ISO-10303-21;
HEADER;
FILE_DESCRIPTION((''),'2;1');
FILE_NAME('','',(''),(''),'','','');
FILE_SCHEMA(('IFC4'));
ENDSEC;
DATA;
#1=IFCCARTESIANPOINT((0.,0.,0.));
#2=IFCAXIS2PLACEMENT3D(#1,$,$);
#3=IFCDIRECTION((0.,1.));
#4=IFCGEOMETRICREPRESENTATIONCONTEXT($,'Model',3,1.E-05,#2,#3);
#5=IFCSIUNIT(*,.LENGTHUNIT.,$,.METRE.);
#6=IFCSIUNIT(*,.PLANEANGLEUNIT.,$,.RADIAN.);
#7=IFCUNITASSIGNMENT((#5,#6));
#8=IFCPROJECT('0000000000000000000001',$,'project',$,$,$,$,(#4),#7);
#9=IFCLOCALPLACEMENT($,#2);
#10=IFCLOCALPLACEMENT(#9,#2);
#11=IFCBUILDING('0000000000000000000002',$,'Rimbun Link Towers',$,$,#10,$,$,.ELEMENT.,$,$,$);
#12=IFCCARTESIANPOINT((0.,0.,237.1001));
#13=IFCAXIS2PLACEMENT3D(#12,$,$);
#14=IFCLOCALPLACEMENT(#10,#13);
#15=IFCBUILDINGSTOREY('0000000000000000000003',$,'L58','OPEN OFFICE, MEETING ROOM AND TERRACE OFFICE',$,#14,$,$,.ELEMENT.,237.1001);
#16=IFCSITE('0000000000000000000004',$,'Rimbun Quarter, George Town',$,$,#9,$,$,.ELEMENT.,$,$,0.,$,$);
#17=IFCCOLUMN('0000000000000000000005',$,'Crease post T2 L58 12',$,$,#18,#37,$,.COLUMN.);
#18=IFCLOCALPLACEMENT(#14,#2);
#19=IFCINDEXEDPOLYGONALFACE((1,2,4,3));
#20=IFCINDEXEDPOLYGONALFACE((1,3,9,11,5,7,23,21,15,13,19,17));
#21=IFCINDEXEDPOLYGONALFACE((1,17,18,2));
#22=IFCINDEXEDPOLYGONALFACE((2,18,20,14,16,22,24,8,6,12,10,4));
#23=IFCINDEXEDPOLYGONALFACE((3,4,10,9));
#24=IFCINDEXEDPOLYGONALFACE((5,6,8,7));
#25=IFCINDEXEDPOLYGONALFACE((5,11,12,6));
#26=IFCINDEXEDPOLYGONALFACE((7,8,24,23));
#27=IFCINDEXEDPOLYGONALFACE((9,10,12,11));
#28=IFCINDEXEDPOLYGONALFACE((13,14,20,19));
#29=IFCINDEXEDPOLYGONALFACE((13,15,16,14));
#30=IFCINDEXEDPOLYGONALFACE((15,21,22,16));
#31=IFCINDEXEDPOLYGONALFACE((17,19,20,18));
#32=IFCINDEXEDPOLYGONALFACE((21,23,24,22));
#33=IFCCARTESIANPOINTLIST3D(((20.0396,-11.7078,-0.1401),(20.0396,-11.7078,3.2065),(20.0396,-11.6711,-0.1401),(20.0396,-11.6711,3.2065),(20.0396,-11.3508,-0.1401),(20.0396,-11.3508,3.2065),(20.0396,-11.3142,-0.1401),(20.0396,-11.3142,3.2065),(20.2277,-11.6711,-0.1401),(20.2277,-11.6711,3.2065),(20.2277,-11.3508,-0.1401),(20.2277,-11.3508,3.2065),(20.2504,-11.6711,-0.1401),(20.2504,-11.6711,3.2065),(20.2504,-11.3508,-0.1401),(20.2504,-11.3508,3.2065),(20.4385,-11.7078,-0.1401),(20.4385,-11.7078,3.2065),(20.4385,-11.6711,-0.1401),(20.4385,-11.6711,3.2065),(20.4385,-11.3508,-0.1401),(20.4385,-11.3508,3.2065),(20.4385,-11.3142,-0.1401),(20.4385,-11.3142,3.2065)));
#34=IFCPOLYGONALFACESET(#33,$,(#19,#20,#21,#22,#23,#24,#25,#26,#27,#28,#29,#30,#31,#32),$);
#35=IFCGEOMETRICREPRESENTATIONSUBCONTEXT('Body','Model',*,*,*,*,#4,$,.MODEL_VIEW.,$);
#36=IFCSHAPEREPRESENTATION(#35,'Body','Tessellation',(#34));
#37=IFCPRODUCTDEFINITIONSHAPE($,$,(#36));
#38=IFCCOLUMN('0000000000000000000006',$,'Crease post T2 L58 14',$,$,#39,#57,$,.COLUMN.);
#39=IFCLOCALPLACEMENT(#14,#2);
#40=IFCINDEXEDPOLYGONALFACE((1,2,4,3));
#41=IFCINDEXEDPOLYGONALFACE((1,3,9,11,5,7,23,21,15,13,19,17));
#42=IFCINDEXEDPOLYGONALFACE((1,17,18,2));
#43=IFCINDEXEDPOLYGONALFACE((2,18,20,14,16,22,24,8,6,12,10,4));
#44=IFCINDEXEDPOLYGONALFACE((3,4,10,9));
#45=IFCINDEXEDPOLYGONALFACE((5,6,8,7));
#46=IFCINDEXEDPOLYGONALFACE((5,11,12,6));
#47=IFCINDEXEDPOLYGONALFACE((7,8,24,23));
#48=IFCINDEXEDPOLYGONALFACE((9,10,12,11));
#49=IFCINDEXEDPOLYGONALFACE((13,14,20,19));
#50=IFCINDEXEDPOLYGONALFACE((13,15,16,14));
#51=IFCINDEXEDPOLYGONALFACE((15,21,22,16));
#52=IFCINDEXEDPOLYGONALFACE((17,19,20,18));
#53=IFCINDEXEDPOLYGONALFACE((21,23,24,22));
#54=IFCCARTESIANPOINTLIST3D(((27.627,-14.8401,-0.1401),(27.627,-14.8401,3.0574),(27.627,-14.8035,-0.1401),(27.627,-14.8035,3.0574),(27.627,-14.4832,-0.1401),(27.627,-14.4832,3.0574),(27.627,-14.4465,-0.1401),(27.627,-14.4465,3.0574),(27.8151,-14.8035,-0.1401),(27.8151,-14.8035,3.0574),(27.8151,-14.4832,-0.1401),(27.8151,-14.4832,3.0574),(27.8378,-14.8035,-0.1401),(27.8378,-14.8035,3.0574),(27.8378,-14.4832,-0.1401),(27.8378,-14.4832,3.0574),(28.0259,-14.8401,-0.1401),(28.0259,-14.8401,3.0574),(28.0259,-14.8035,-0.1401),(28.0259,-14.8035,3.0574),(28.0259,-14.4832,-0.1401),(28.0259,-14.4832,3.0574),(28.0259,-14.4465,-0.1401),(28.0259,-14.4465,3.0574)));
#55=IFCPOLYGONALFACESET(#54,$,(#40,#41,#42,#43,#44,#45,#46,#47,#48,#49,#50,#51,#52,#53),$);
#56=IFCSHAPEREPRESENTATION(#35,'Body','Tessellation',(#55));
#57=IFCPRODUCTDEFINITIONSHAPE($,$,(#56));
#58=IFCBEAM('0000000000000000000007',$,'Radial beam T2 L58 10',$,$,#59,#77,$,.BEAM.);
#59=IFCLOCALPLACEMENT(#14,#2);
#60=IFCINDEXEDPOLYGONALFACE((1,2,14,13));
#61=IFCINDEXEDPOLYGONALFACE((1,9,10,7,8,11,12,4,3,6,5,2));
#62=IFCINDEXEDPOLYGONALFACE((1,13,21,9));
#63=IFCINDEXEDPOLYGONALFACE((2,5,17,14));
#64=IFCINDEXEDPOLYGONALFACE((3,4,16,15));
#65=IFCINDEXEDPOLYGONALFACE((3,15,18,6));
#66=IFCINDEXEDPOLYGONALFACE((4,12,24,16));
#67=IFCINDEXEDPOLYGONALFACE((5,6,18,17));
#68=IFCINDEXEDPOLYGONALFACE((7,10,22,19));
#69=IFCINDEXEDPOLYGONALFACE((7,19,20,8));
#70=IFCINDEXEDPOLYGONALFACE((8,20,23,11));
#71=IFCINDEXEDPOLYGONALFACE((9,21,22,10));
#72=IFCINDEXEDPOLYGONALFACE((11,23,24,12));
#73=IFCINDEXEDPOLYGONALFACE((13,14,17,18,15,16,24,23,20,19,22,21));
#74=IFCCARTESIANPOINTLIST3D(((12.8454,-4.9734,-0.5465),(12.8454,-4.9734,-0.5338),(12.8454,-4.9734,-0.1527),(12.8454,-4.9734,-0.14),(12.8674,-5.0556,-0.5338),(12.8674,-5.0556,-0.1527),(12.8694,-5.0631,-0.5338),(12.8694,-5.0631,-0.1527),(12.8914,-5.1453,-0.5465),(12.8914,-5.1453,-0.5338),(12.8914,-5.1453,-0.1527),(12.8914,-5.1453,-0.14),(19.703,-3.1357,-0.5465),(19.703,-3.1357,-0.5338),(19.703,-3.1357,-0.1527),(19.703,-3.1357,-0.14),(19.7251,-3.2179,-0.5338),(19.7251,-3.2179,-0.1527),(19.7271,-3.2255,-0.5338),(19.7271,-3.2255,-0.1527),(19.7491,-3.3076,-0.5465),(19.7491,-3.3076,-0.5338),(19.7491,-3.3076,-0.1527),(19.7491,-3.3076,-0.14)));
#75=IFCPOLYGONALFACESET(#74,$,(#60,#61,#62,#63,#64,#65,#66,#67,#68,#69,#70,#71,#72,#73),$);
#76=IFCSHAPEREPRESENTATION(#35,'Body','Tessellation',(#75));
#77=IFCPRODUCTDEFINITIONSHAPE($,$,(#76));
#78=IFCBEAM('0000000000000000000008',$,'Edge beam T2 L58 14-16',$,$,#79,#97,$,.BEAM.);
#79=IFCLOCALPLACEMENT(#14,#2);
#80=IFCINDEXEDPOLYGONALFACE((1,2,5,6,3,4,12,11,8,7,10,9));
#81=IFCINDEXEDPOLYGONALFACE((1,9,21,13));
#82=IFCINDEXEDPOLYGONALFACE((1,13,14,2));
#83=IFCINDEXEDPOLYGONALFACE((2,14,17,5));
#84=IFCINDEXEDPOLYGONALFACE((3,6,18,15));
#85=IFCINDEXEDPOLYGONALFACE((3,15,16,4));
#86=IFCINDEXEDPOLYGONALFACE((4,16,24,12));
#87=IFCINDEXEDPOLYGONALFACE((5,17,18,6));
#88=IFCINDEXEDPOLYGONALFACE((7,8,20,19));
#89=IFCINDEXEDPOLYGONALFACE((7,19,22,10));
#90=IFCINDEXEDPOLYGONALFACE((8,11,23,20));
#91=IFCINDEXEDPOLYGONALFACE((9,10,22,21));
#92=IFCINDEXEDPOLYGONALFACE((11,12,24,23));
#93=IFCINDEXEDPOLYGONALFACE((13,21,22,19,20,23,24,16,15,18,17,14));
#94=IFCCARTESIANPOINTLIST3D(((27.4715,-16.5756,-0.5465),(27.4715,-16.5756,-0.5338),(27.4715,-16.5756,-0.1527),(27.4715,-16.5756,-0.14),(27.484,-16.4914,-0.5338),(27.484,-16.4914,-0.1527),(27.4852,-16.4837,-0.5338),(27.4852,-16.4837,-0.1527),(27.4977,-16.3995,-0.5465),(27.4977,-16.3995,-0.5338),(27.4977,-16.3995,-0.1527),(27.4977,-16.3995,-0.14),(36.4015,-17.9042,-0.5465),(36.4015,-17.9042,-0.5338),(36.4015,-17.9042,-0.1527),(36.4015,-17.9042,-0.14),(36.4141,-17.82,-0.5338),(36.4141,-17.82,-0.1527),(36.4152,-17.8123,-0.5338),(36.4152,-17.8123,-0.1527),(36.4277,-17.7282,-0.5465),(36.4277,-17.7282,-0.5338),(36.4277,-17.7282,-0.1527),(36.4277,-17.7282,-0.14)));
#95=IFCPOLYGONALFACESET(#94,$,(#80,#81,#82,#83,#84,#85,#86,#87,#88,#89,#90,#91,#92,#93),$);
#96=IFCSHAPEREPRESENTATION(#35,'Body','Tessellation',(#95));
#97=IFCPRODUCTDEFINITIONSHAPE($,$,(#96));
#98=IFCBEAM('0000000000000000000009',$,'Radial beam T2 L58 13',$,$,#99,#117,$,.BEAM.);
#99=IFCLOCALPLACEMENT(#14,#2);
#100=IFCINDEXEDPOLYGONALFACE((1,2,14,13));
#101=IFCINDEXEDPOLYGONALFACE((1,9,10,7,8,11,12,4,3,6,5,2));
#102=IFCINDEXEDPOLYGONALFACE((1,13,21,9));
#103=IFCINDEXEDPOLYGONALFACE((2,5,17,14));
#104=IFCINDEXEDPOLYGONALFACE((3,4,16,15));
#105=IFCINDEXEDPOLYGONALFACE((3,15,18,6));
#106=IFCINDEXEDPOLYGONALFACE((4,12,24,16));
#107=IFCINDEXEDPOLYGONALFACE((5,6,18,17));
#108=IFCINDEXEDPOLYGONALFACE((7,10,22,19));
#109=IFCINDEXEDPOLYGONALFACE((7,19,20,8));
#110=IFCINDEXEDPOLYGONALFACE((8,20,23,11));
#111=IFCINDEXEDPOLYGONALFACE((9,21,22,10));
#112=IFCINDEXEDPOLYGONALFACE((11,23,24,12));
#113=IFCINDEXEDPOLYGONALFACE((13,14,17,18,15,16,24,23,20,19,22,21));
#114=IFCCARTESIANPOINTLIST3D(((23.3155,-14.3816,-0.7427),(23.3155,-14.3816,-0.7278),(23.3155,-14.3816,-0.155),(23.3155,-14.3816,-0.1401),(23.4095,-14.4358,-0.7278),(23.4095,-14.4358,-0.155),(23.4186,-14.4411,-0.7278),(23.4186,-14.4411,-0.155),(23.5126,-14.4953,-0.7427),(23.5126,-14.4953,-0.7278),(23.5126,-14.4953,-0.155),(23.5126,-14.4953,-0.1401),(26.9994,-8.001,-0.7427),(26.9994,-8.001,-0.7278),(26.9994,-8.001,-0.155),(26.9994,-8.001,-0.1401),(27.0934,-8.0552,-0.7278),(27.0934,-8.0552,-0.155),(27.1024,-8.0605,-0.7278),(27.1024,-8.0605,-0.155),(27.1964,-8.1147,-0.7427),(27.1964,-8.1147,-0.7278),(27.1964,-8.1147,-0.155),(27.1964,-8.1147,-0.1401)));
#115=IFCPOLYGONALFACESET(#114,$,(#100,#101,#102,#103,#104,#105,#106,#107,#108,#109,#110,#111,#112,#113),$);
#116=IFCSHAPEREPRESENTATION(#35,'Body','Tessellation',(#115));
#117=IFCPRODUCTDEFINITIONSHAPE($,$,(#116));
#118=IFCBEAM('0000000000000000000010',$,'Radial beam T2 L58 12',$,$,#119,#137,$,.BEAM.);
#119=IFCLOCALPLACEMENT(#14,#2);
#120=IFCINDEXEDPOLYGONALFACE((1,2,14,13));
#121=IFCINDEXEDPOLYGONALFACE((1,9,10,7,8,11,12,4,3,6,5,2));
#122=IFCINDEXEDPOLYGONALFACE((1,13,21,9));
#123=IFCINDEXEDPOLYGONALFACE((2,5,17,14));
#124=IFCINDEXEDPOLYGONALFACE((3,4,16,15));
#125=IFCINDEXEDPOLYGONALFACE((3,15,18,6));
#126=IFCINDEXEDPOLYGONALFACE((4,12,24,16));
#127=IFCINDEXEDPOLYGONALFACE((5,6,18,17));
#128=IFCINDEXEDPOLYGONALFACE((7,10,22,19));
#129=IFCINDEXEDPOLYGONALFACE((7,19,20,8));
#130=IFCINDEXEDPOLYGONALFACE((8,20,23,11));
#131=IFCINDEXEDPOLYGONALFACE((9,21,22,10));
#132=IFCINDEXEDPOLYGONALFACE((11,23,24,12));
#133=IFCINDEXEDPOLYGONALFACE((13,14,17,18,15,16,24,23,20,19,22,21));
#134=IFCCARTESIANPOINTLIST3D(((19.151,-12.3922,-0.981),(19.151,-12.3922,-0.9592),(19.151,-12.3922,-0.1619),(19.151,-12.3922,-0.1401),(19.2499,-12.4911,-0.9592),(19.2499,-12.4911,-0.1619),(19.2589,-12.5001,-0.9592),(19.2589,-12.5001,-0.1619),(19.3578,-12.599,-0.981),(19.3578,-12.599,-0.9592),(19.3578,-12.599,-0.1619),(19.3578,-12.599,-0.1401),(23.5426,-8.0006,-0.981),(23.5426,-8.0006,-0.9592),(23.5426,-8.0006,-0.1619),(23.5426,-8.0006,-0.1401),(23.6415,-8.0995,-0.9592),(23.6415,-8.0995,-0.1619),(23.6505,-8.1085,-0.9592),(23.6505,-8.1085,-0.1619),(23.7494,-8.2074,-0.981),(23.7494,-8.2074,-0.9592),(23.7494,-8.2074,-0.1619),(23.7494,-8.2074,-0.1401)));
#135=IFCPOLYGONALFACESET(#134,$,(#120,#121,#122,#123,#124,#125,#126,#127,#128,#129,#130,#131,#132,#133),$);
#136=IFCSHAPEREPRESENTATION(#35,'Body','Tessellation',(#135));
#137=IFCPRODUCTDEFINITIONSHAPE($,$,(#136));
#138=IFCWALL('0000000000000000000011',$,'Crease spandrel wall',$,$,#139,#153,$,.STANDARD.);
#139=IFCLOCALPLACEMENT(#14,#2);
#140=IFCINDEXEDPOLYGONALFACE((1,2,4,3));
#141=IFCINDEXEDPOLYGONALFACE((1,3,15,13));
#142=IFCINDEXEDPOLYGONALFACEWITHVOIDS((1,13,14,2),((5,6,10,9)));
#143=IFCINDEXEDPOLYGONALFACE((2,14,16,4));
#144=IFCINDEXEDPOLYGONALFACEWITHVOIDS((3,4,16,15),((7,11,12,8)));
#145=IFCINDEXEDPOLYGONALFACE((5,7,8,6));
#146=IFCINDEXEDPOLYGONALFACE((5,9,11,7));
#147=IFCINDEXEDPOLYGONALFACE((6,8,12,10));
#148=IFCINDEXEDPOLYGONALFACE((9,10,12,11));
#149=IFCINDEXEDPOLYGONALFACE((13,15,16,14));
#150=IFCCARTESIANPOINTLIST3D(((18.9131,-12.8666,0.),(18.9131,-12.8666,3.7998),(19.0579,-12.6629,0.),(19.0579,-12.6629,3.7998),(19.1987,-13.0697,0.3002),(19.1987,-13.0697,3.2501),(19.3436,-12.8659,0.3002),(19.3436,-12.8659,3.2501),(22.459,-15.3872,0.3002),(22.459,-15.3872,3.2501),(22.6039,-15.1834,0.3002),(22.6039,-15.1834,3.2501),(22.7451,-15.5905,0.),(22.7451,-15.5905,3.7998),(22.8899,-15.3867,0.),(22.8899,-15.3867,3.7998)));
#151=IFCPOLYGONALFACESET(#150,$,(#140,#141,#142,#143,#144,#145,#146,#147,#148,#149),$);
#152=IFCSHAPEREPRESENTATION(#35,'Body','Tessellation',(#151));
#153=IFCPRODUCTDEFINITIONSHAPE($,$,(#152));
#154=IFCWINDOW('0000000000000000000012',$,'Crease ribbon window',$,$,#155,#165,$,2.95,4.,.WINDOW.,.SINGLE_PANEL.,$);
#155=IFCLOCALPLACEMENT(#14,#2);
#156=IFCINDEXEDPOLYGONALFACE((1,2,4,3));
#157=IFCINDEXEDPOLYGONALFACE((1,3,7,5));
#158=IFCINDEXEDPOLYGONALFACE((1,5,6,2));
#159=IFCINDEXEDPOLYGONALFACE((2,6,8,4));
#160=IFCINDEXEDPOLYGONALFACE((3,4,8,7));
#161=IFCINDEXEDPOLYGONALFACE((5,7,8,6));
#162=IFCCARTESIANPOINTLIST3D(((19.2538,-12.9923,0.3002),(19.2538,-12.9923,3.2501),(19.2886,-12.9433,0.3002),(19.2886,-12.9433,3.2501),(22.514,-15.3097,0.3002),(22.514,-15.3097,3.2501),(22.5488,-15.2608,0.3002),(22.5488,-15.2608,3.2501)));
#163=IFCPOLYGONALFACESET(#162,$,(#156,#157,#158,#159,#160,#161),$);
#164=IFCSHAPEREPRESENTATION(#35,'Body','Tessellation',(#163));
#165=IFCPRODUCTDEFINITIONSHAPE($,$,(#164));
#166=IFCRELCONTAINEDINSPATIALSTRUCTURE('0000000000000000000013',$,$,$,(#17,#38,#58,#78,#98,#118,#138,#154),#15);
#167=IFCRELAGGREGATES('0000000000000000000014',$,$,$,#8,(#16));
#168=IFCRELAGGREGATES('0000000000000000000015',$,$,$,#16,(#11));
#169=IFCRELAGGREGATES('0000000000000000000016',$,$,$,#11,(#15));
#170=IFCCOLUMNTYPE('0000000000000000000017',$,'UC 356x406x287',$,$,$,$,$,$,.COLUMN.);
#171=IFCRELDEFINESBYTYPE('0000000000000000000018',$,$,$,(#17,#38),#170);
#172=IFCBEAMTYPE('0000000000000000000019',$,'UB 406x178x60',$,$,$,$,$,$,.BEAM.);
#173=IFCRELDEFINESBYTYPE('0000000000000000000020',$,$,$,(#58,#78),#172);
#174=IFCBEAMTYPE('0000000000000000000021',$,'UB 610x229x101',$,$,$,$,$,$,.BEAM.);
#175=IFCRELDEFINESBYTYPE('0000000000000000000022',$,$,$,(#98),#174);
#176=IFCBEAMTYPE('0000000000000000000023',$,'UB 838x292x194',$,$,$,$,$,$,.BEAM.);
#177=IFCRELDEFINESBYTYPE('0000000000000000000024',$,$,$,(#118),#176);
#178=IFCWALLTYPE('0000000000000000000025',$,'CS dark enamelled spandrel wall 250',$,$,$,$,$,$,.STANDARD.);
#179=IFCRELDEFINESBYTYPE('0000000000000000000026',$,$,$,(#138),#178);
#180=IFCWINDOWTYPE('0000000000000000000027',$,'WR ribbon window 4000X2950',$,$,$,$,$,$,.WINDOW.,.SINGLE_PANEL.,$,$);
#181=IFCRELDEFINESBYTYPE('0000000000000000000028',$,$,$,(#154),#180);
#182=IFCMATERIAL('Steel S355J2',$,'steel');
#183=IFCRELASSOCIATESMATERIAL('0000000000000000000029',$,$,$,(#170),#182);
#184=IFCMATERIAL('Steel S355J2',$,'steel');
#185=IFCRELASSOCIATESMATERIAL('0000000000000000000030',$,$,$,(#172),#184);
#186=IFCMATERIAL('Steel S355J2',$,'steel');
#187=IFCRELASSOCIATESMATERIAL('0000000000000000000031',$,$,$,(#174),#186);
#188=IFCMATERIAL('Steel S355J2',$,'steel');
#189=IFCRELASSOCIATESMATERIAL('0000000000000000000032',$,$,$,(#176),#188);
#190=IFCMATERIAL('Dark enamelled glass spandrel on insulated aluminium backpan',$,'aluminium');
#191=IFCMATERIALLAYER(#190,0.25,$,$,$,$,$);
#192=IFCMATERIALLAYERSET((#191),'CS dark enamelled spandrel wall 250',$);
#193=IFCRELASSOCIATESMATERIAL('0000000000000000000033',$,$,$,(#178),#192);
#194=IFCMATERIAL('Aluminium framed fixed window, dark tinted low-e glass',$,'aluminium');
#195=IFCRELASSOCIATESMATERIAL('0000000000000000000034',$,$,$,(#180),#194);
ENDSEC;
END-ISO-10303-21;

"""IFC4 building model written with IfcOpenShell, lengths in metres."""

from ifc_helpers import new_model, si_unit, direction, frame, frame_2d, origin, origin_2d, place, context, subcontext, project, spatial, rectangle, i_section, extrude, material, layer, layer_set, material_profile, profile_set, type_object, element, fill, save


model = new_model("IFC4")

# Units and contexts
model_context = context("Model", 3, precision=1e-05, world=origin(), true_north=direction((0.0, 1.0)))
body_context = subcontext(model_context, "Body", "Model", "MODEL_VIEW")
ifc_project = project(units=[si_unit("LENGTHUNIT", "METRE"), si_unit("PLANEANGLEUNIT", "RADIAN")], contexts=[model_context])

# Site, building, storey
site_placement = place(None, origin())
site = spatial("IfcSite", under=ifc_project, at=site_placement, Name="Rimbun Quarter, George Town", CompositionType="ELEMENT", RefElevation=0.0)
building_placement = place(site_placement, origin())
building = spatial("IfcBuilding", under=site, at=building_placement, Name="Rimbun Link Towers", CompositionType="ELEMENT")
storey_placement = place(building_placement, frame((0.0, 0.0, 237.1001)))
storey = spatial("IfcBuildingStorey", under=building, at=storey_placement, Name="L58", Description="OPEN OFFICE, MEETING ROOM AND TERRACE OFFICE", CompositionType="ELEMENT", Elevation=237.1001)

# Columns
ifc_material_1 = material(Name="Steel S355J2", Category="steel")
ifc_material_profile_1 = material_profile(ifc_material_1, i_section(OverallWidth=0.3989, OverallDepth=0.3936, WebThickness=0.0227, FlangeThickness=0.0366, at=origin_2d()), Name="UC 356x406x287")
ifc_profile_set_1 = profile_set([ifc_material_profile_1], Name="Steel S355J2")
column_type = type_object("IfcColumnType", Name="UC 356x406x287", PredefinedType="COLUMN", material=ifc_profile_set_1)
column_1_placement = place(storey_placement, frame((20.239, -11.511, -0.1401), z_axis=(0.0, 0.0, 1.0), x_axis=(1.0, 0.0, 0.0)))
element("IfcColumn", 1, at=column_1_placement, inside=storey, type_object=column_type, Name="Crease post T2 L58 12", PredefinedType="COLUMN", context=body_context, shape_type="SweptSolid", body=[
    extrude(i_section(OverallWidth=0.3989, OverallDepth=0.3936, WebThickness=0.0227, FlangeThickness=0.0366, at=origin_2d()), origin(), (0.0, 0.0, 1.0), 3.3467),
])
column_2_placement = place(storey_placement, frame((27.8264, -14.6433, -0.1401), z_axis=(0.0, 0.0, 1.0), x_axis=(1.0, 0.0, 0.0)))
element("IfcColumn", 2, at=column_2_placement, inside=storey, type_object=column_type, Name="Crease post T2 L58 14", PredefinedType="COLUMN", context=body_context, shape_type="SweptSolid", body=[
    extrude(i_section(OverallWidth=0.3989, OverallDepth=0.3936, WebThickness=0.0227, FlangeThickness=0.0366, at=origin_2d()), origin(), (0.0, 0.0, 1.0), 3.1975),
])

# Beams
ifc_material_2 = material(Name="Steel S355J2", Category="steel")
ifc_material_profile_2 = material_profile(ifc_material_2, i_section(OverallWidth=0.178, OverallDepth=0.4065, WebThickness=0.0078, FlangeThickness=0.0127, at=origin_2d()), Name="UB 406x178x60")
ifc_profile_set_2 = profile_set([ifc_material_profile_2], Name="Steel S355J2")
beam_type_1 = type_object("IfcBeamType", Name="UB 406x178x60", PredefinedType="BEAM", material=ifc_profile_set_2)
beam_1_placement = place(storey_placement, frame((19.7261, -3.2217, -0.3433), z_axis=(-0.965921, -0.258837, 0.0), x_axis=(0.258837, -0.965921, 0.0)))
element("IfcBeam", 3, at=beam_1_placement, inside=storey, type_object=beam_type_1, Name="Radial beam T2 L58 10", PredefinedType="BEAM", context=body_context, shape_type="SweptSolid", body=[
    extrude(i_section(OverallWidth=0.178, OverallDepth=0.4065, WebThickness=0.0078, FlangeThickness=0.0127, at=origin_2d()), origin(), (0.0, 0.0, 1.0), 7.0996),
])
beam_2_placement = place(storey_placement, frame((27.4846, -16.4875, -0.3433), z_axis=(0.989112, -0.147162, 0.0), x_axis=(0.147162, 0.989112, 0.0)))
element("IfcBeam", 4, at=beam_2_placement, inside=storey, type_object=beam_type_1, Name="Edge beam T2 L58 14-16", PredefinedType="BEAM", context=body_context, shape_type="SweptSolid", body=[
    extrude(i_section(OverallWidth=0.178, OverallDepth=0.4065, WebThickness=0.0078, FlangeThickness=0.0127, at=origin_2d()), origin(), (0.0, 0.0, 1.0), 9.0283),
])
ifc_material_3 = material(Name="Steel S355J2", Category="steel")
ifc_material_profile_3 = material_profile(ifc_material_3, i_section(OverallWidth=0.2275, OverallDepth=0.6025, WebThickness=0.0105, FlangeThickness=0.0149, at=origin_2d()), Name="UB 610x229x101")
ifc_profile_set_3 = profile_set([ifc_material_profile_3], Name="Steel S355J2")
beam_type_2 = type_object("IfcBeamType", Name="UB 610x229x101", PredefinedType="BEAM", material=ifc_profile_set_3)
beam_3_placement = place(storey_placement, frame((27.0979, -8.0579, -0.4414), z_axis=(-0.499999, -0.866026, 0.0), x_axis=(0.866026, -0.499999, 0.0)))
element("IfcBeam", 5, at=beam_3_placement, inside=storey, type_object=beam_type_2, Name="Radial beam T2 L58 13", PredefinedType="BEAM", context=body_context, shape_type="SweptSolid", body=[
    extrude(i_section(OverallWidth=0.2275, OverallDepth=0.6025, WebThickness=0.0105, FlangeThickness=0.0149, at=origin_2d()), origin(), (0.0, 0.0, 1.0), 7.3677),
])
ifc_material_4 = material(Name="Steel S355J2", Category="steel")
ifc_material_profile_4 = material_profile(ifc_material_4, i_section(OverallWidth=0.2925, OverallDepth=0.8408, WebThickness=0.0127, FlangeThickness=0.0217, at=origin_2d()), Name="UB 838x292x194")
ifc_profile_set_4 = profile_set([ifc_material_profile_4], Name="Steel S355J2")
beam_type_3 = type_object("IfcBeamType", Name="UB 838x292x194", PredefinedType="BEAM", material=ifc_profile_set_4)
beam_4_placement = place(storey_placement, frame((23.646, -8.104, -0.5605), z_axis=(-0.707107, -0.707107, 0.0), x_axis=(0.707107, -0.707107, 0.0)))
element("IfcBeam", 6, at=beam_4_placement, inside=storey, type_object=beam_type_3, Name="Radial beam T2 L58 12", PredefinedType="BEAM", context=body_context, shape_type="SweptSolid", body=[
    extrude(i_section(OverallWidth=0.2925, OverallDepth=0.8408, WebThickness=0.0127, FlangeThickness=0.0217, at=origin_2d()), origin(), (0.0, 0.0, 1.0), 6.2107),
])

# Wall, opening, window
ifc_material_5 = material(Name="Dark enamelled glass spandrel on insulated aluminium backpan", Category="aluminium")
ifc_layer_1 = layer(ifc_material_5, 0.25)
ifc_layer_set_1 = layer_set([ifc_layer_1], Name="CS dark enamelled spandrel wall 250")
wall_type_1 = type_object("IfcWallType", Name="CS dark enamelled spandrel wall 250", PredefinedType="STANDARD", material=ifc_layer_set_1)
wall_1_placement = place(storey_placement, frame((22.8174, -15.4885, 0.0), z_axis=(0.0, 0.0, 1.0), x_axis=(-0.815068, 0.579365, 0.0)))
wall_1 = element("IfcWall", 7, at=wall_1_placement, inside=storey, type_object=wall_type_1, Name="Crease spandrel wall", PredefinedType="STANDARD", context=body_context, shape_type="SweptSolid", body=[
    extrude(rectangle(XDim=4.7014, YDim=0.25, at=frame_2d((2.3506, 0.0))), origin(), (0.0, 0.0, 1.0), 3.7998),
])
opening_1_placement = place(wall_1_placement, frame((0.3508, 0.0, 0.3)))
opening_1 = element("IfcOpeningElement", 8, at=opening_1_placement, cuts=wall_1, PredefinedType="OPENING", context=body_context, shape_type="SweptSolid", body=[
    extrude(rectangle(XDim=4.0, YDim=2.95, at=frame_2d((2.0, 1.4751))), frame((0.0, 0.135, 0.0), z_axis=(0.0, -1.0, 0.0), x_axis=(1.0, 0.0, 0.0)), (0.0, 0.0, 1.0), 0.27),
])
ifc_material_6 = material(Name="Aluminium framed fixed window, dark tinted low-e glass", Category="aluminium")
window_type = type_object("IfcWindowType", Name="WR ribbon window 4000X2950", PartitioningType="SINGLE_PANEL", PredefinedType="WINDOW", material=ifc_material_6)
window_1_placement = place(opening_1_placement, origin())
window_1 = element("IfcWindow", 9, at=window_1_placement, inside=storey, type_object=window_type, Name="Crease ribbon window", OverallHeight=2.95, OverallWidth=4.0, PartitioningType="SINGLE_PANEL", PredefinedType="WINDOW", context=body_context, shape_type="SweptSolid", body=[
    extrude(rectangle(XDim=4.0, YDim=2.95, at=frame_2d((2.0, 1.4751))), frame((0.0, 0.03, 0.0), z_axis=(0.0, -1.0, 0.0), x_axis=(1.0, 0.0, 0.0)), (0.0, 0.0, 1.0), 0.0601),
])
fill(opening_1, window_1)

save(model, "model.ifc")
